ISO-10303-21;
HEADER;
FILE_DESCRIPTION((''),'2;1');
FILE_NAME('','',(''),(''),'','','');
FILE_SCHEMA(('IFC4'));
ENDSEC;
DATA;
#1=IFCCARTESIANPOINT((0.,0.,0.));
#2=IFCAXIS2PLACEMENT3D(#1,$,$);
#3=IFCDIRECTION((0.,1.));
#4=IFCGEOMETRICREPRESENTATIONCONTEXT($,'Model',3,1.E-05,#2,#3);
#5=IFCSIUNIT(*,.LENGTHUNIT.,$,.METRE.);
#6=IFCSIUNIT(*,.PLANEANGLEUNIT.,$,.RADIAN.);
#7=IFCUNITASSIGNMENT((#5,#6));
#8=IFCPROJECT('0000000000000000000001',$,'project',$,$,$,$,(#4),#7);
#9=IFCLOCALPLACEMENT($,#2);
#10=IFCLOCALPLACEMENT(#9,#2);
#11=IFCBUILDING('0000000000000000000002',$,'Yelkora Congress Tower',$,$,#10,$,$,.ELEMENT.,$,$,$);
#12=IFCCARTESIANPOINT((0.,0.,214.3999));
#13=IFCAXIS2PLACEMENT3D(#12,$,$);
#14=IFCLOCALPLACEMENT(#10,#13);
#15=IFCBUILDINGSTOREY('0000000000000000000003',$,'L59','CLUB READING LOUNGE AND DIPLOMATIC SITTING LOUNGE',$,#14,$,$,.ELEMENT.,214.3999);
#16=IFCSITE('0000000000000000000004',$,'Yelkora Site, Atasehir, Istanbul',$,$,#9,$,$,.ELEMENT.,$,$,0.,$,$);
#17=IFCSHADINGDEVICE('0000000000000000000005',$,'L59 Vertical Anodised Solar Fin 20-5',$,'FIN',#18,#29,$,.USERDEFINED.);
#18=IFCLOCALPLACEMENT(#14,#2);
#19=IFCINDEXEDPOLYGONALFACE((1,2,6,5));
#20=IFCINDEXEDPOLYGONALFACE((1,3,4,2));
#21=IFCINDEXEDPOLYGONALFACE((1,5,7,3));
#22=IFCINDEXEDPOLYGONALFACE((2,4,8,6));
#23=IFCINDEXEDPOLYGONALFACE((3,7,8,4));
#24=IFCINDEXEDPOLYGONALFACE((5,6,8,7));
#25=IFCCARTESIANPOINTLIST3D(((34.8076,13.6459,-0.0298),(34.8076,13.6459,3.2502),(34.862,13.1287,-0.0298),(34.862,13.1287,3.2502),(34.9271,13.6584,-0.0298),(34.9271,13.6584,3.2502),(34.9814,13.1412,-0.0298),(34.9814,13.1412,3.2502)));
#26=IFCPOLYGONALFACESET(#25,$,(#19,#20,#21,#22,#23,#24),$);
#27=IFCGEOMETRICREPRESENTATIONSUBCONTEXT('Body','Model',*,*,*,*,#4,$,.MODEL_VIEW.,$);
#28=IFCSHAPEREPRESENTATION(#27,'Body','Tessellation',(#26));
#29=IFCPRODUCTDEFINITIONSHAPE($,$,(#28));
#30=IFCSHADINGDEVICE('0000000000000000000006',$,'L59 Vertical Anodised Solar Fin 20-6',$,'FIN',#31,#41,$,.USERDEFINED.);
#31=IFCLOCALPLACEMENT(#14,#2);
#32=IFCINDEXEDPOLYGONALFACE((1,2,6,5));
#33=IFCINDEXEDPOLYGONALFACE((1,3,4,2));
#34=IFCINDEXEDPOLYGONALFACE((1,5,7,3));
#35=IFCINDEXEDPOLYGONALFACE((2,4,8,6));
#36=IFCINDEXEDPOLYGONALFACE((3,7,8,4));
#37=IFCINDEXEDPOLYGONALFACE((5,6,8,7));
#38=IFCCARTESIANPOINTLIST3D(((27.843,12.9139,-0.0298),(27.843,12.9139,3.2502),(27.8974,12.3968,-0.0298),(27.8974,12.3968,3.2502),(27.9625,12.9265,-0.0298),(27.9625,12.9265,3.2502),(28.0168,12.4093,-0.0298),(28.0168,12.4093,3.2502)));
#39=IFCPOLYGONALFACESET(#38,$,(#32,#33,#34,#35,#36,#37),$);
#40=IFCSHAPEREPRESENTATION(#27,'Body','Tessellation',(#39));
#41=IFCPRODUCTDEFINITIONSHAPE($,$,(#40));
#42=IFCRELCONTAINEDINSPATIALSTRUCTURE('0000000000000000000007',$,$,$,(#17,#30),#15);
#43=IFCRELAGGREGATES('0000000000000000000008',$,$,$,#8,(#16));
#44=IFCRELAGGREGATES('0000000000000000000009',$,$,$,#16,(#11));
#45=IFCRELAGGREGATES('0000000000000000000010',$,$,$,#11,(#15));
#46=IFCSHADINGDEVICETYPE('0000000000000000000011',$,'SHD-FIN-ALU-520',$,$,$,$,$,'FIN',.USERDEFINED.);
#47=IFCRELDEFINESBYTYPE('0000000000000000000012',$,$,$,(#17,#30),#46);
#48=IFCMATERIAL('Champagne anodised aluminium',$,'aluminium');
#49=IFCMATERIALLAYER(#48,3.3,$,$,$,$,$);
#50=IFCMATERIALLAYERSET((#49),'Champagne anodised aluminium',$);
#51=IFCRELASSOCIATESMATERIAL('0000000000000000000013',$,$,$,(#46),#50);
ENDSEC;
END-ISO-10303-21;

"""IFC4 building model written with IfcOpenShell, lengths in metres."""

from ifc_helpers import new_model, si_unit, direction, frame, origin, origin_2d, place, context, subcontext, project, spatial, rectangle, extrude, material, layer, layer_set, type_object, element, save


model = new_model("IFC4")

# Units and contexts
model_context = context("Model", 3, precision=1e-05, world=origin(), true_north=direction((0.0, 1.0)))
body_context = subcontext(model_context, "Body", "Model", "MODEL_VIEW")
ifc_project = project(units=[si_unit("LENGTHUNIT", "METRE"), si_unit("PLANEANGLEUNIT", "RADIAN")], contexts=[model_context])

# Site, building, storey
site_placement = place(None, origin())
site = spatial("IfcSite", under=ifc_project, at=site_placement, Name="Yelkora Site, Atasehir, Istanbul", CompositionType="ELEMENT", RefElevation=0.0)
building_placement = place(site_placement, origin())
building = spatial("IfcBuilding", under=site, at=building_placement, Name="Yelkora Congress Tower", CompositionType="ELEMENT")
storey_placement = place(building_placement, frame((0.0, 0.0, 214.3999)))
storey = spatial("IfcBuildingStorey", under=building, at=storey_placement, Name="L59", Description="CLUB READING LOUNGE AND DIPLOMATIC SITTING LOUNGE", CompositionType="ELEMENT", Elevation=214.3999)

# Shading devices
ifc_material_1 = material(Name="Champagne anodised aluminium", Category="aluminium")
ifc_layer_1 = layer(ifc_material_1, 3.3)
ifc_layer_set_1 = layer_set([ifc_layer_1], Name="Champagne anodised aluminium")
shading_device_type = type_object("IfcShadingDeviceType", Name="SHD-FIN-ALU-520", ElementType="FIN", PredefinedType="USERDEFINED", material=ifc_layer_set_1)
for number, where, z_axis, x_axis, name in (
    (1, (34.8945, 13.3936, -0.0298), (0.0, 0.0, 1.0), (-0.994522, -0.104528, 0.0), "L59 Vertical Anodised Solar Fin 20-5"),
    (2, (27.9299, 12.6616, -0.0298), (0.0, 0.0, 1.0), (-0.994522, -0.104528, 0.0), "L59 Vertical Anodised Solar Fin 20-6"),
):
    element("IfcShadingDevice", number, at=place(storey_placement, frame(where, z_axis=z_axis, x_axis=x_axis)), inside=storey, type_object=shading_device_type, Name=name, ObjectType="FIN", PredefinedType="USERDEFINED", context=body_context, shape_type="SweptSolid", body=[
        extrude(rectangle(XDim=0.1201, YDim=0.52, at=origin_2d()), origin(), (0.0, 0.0, 1.0), 3.28),
    ])

save(model, "model.ifc")
